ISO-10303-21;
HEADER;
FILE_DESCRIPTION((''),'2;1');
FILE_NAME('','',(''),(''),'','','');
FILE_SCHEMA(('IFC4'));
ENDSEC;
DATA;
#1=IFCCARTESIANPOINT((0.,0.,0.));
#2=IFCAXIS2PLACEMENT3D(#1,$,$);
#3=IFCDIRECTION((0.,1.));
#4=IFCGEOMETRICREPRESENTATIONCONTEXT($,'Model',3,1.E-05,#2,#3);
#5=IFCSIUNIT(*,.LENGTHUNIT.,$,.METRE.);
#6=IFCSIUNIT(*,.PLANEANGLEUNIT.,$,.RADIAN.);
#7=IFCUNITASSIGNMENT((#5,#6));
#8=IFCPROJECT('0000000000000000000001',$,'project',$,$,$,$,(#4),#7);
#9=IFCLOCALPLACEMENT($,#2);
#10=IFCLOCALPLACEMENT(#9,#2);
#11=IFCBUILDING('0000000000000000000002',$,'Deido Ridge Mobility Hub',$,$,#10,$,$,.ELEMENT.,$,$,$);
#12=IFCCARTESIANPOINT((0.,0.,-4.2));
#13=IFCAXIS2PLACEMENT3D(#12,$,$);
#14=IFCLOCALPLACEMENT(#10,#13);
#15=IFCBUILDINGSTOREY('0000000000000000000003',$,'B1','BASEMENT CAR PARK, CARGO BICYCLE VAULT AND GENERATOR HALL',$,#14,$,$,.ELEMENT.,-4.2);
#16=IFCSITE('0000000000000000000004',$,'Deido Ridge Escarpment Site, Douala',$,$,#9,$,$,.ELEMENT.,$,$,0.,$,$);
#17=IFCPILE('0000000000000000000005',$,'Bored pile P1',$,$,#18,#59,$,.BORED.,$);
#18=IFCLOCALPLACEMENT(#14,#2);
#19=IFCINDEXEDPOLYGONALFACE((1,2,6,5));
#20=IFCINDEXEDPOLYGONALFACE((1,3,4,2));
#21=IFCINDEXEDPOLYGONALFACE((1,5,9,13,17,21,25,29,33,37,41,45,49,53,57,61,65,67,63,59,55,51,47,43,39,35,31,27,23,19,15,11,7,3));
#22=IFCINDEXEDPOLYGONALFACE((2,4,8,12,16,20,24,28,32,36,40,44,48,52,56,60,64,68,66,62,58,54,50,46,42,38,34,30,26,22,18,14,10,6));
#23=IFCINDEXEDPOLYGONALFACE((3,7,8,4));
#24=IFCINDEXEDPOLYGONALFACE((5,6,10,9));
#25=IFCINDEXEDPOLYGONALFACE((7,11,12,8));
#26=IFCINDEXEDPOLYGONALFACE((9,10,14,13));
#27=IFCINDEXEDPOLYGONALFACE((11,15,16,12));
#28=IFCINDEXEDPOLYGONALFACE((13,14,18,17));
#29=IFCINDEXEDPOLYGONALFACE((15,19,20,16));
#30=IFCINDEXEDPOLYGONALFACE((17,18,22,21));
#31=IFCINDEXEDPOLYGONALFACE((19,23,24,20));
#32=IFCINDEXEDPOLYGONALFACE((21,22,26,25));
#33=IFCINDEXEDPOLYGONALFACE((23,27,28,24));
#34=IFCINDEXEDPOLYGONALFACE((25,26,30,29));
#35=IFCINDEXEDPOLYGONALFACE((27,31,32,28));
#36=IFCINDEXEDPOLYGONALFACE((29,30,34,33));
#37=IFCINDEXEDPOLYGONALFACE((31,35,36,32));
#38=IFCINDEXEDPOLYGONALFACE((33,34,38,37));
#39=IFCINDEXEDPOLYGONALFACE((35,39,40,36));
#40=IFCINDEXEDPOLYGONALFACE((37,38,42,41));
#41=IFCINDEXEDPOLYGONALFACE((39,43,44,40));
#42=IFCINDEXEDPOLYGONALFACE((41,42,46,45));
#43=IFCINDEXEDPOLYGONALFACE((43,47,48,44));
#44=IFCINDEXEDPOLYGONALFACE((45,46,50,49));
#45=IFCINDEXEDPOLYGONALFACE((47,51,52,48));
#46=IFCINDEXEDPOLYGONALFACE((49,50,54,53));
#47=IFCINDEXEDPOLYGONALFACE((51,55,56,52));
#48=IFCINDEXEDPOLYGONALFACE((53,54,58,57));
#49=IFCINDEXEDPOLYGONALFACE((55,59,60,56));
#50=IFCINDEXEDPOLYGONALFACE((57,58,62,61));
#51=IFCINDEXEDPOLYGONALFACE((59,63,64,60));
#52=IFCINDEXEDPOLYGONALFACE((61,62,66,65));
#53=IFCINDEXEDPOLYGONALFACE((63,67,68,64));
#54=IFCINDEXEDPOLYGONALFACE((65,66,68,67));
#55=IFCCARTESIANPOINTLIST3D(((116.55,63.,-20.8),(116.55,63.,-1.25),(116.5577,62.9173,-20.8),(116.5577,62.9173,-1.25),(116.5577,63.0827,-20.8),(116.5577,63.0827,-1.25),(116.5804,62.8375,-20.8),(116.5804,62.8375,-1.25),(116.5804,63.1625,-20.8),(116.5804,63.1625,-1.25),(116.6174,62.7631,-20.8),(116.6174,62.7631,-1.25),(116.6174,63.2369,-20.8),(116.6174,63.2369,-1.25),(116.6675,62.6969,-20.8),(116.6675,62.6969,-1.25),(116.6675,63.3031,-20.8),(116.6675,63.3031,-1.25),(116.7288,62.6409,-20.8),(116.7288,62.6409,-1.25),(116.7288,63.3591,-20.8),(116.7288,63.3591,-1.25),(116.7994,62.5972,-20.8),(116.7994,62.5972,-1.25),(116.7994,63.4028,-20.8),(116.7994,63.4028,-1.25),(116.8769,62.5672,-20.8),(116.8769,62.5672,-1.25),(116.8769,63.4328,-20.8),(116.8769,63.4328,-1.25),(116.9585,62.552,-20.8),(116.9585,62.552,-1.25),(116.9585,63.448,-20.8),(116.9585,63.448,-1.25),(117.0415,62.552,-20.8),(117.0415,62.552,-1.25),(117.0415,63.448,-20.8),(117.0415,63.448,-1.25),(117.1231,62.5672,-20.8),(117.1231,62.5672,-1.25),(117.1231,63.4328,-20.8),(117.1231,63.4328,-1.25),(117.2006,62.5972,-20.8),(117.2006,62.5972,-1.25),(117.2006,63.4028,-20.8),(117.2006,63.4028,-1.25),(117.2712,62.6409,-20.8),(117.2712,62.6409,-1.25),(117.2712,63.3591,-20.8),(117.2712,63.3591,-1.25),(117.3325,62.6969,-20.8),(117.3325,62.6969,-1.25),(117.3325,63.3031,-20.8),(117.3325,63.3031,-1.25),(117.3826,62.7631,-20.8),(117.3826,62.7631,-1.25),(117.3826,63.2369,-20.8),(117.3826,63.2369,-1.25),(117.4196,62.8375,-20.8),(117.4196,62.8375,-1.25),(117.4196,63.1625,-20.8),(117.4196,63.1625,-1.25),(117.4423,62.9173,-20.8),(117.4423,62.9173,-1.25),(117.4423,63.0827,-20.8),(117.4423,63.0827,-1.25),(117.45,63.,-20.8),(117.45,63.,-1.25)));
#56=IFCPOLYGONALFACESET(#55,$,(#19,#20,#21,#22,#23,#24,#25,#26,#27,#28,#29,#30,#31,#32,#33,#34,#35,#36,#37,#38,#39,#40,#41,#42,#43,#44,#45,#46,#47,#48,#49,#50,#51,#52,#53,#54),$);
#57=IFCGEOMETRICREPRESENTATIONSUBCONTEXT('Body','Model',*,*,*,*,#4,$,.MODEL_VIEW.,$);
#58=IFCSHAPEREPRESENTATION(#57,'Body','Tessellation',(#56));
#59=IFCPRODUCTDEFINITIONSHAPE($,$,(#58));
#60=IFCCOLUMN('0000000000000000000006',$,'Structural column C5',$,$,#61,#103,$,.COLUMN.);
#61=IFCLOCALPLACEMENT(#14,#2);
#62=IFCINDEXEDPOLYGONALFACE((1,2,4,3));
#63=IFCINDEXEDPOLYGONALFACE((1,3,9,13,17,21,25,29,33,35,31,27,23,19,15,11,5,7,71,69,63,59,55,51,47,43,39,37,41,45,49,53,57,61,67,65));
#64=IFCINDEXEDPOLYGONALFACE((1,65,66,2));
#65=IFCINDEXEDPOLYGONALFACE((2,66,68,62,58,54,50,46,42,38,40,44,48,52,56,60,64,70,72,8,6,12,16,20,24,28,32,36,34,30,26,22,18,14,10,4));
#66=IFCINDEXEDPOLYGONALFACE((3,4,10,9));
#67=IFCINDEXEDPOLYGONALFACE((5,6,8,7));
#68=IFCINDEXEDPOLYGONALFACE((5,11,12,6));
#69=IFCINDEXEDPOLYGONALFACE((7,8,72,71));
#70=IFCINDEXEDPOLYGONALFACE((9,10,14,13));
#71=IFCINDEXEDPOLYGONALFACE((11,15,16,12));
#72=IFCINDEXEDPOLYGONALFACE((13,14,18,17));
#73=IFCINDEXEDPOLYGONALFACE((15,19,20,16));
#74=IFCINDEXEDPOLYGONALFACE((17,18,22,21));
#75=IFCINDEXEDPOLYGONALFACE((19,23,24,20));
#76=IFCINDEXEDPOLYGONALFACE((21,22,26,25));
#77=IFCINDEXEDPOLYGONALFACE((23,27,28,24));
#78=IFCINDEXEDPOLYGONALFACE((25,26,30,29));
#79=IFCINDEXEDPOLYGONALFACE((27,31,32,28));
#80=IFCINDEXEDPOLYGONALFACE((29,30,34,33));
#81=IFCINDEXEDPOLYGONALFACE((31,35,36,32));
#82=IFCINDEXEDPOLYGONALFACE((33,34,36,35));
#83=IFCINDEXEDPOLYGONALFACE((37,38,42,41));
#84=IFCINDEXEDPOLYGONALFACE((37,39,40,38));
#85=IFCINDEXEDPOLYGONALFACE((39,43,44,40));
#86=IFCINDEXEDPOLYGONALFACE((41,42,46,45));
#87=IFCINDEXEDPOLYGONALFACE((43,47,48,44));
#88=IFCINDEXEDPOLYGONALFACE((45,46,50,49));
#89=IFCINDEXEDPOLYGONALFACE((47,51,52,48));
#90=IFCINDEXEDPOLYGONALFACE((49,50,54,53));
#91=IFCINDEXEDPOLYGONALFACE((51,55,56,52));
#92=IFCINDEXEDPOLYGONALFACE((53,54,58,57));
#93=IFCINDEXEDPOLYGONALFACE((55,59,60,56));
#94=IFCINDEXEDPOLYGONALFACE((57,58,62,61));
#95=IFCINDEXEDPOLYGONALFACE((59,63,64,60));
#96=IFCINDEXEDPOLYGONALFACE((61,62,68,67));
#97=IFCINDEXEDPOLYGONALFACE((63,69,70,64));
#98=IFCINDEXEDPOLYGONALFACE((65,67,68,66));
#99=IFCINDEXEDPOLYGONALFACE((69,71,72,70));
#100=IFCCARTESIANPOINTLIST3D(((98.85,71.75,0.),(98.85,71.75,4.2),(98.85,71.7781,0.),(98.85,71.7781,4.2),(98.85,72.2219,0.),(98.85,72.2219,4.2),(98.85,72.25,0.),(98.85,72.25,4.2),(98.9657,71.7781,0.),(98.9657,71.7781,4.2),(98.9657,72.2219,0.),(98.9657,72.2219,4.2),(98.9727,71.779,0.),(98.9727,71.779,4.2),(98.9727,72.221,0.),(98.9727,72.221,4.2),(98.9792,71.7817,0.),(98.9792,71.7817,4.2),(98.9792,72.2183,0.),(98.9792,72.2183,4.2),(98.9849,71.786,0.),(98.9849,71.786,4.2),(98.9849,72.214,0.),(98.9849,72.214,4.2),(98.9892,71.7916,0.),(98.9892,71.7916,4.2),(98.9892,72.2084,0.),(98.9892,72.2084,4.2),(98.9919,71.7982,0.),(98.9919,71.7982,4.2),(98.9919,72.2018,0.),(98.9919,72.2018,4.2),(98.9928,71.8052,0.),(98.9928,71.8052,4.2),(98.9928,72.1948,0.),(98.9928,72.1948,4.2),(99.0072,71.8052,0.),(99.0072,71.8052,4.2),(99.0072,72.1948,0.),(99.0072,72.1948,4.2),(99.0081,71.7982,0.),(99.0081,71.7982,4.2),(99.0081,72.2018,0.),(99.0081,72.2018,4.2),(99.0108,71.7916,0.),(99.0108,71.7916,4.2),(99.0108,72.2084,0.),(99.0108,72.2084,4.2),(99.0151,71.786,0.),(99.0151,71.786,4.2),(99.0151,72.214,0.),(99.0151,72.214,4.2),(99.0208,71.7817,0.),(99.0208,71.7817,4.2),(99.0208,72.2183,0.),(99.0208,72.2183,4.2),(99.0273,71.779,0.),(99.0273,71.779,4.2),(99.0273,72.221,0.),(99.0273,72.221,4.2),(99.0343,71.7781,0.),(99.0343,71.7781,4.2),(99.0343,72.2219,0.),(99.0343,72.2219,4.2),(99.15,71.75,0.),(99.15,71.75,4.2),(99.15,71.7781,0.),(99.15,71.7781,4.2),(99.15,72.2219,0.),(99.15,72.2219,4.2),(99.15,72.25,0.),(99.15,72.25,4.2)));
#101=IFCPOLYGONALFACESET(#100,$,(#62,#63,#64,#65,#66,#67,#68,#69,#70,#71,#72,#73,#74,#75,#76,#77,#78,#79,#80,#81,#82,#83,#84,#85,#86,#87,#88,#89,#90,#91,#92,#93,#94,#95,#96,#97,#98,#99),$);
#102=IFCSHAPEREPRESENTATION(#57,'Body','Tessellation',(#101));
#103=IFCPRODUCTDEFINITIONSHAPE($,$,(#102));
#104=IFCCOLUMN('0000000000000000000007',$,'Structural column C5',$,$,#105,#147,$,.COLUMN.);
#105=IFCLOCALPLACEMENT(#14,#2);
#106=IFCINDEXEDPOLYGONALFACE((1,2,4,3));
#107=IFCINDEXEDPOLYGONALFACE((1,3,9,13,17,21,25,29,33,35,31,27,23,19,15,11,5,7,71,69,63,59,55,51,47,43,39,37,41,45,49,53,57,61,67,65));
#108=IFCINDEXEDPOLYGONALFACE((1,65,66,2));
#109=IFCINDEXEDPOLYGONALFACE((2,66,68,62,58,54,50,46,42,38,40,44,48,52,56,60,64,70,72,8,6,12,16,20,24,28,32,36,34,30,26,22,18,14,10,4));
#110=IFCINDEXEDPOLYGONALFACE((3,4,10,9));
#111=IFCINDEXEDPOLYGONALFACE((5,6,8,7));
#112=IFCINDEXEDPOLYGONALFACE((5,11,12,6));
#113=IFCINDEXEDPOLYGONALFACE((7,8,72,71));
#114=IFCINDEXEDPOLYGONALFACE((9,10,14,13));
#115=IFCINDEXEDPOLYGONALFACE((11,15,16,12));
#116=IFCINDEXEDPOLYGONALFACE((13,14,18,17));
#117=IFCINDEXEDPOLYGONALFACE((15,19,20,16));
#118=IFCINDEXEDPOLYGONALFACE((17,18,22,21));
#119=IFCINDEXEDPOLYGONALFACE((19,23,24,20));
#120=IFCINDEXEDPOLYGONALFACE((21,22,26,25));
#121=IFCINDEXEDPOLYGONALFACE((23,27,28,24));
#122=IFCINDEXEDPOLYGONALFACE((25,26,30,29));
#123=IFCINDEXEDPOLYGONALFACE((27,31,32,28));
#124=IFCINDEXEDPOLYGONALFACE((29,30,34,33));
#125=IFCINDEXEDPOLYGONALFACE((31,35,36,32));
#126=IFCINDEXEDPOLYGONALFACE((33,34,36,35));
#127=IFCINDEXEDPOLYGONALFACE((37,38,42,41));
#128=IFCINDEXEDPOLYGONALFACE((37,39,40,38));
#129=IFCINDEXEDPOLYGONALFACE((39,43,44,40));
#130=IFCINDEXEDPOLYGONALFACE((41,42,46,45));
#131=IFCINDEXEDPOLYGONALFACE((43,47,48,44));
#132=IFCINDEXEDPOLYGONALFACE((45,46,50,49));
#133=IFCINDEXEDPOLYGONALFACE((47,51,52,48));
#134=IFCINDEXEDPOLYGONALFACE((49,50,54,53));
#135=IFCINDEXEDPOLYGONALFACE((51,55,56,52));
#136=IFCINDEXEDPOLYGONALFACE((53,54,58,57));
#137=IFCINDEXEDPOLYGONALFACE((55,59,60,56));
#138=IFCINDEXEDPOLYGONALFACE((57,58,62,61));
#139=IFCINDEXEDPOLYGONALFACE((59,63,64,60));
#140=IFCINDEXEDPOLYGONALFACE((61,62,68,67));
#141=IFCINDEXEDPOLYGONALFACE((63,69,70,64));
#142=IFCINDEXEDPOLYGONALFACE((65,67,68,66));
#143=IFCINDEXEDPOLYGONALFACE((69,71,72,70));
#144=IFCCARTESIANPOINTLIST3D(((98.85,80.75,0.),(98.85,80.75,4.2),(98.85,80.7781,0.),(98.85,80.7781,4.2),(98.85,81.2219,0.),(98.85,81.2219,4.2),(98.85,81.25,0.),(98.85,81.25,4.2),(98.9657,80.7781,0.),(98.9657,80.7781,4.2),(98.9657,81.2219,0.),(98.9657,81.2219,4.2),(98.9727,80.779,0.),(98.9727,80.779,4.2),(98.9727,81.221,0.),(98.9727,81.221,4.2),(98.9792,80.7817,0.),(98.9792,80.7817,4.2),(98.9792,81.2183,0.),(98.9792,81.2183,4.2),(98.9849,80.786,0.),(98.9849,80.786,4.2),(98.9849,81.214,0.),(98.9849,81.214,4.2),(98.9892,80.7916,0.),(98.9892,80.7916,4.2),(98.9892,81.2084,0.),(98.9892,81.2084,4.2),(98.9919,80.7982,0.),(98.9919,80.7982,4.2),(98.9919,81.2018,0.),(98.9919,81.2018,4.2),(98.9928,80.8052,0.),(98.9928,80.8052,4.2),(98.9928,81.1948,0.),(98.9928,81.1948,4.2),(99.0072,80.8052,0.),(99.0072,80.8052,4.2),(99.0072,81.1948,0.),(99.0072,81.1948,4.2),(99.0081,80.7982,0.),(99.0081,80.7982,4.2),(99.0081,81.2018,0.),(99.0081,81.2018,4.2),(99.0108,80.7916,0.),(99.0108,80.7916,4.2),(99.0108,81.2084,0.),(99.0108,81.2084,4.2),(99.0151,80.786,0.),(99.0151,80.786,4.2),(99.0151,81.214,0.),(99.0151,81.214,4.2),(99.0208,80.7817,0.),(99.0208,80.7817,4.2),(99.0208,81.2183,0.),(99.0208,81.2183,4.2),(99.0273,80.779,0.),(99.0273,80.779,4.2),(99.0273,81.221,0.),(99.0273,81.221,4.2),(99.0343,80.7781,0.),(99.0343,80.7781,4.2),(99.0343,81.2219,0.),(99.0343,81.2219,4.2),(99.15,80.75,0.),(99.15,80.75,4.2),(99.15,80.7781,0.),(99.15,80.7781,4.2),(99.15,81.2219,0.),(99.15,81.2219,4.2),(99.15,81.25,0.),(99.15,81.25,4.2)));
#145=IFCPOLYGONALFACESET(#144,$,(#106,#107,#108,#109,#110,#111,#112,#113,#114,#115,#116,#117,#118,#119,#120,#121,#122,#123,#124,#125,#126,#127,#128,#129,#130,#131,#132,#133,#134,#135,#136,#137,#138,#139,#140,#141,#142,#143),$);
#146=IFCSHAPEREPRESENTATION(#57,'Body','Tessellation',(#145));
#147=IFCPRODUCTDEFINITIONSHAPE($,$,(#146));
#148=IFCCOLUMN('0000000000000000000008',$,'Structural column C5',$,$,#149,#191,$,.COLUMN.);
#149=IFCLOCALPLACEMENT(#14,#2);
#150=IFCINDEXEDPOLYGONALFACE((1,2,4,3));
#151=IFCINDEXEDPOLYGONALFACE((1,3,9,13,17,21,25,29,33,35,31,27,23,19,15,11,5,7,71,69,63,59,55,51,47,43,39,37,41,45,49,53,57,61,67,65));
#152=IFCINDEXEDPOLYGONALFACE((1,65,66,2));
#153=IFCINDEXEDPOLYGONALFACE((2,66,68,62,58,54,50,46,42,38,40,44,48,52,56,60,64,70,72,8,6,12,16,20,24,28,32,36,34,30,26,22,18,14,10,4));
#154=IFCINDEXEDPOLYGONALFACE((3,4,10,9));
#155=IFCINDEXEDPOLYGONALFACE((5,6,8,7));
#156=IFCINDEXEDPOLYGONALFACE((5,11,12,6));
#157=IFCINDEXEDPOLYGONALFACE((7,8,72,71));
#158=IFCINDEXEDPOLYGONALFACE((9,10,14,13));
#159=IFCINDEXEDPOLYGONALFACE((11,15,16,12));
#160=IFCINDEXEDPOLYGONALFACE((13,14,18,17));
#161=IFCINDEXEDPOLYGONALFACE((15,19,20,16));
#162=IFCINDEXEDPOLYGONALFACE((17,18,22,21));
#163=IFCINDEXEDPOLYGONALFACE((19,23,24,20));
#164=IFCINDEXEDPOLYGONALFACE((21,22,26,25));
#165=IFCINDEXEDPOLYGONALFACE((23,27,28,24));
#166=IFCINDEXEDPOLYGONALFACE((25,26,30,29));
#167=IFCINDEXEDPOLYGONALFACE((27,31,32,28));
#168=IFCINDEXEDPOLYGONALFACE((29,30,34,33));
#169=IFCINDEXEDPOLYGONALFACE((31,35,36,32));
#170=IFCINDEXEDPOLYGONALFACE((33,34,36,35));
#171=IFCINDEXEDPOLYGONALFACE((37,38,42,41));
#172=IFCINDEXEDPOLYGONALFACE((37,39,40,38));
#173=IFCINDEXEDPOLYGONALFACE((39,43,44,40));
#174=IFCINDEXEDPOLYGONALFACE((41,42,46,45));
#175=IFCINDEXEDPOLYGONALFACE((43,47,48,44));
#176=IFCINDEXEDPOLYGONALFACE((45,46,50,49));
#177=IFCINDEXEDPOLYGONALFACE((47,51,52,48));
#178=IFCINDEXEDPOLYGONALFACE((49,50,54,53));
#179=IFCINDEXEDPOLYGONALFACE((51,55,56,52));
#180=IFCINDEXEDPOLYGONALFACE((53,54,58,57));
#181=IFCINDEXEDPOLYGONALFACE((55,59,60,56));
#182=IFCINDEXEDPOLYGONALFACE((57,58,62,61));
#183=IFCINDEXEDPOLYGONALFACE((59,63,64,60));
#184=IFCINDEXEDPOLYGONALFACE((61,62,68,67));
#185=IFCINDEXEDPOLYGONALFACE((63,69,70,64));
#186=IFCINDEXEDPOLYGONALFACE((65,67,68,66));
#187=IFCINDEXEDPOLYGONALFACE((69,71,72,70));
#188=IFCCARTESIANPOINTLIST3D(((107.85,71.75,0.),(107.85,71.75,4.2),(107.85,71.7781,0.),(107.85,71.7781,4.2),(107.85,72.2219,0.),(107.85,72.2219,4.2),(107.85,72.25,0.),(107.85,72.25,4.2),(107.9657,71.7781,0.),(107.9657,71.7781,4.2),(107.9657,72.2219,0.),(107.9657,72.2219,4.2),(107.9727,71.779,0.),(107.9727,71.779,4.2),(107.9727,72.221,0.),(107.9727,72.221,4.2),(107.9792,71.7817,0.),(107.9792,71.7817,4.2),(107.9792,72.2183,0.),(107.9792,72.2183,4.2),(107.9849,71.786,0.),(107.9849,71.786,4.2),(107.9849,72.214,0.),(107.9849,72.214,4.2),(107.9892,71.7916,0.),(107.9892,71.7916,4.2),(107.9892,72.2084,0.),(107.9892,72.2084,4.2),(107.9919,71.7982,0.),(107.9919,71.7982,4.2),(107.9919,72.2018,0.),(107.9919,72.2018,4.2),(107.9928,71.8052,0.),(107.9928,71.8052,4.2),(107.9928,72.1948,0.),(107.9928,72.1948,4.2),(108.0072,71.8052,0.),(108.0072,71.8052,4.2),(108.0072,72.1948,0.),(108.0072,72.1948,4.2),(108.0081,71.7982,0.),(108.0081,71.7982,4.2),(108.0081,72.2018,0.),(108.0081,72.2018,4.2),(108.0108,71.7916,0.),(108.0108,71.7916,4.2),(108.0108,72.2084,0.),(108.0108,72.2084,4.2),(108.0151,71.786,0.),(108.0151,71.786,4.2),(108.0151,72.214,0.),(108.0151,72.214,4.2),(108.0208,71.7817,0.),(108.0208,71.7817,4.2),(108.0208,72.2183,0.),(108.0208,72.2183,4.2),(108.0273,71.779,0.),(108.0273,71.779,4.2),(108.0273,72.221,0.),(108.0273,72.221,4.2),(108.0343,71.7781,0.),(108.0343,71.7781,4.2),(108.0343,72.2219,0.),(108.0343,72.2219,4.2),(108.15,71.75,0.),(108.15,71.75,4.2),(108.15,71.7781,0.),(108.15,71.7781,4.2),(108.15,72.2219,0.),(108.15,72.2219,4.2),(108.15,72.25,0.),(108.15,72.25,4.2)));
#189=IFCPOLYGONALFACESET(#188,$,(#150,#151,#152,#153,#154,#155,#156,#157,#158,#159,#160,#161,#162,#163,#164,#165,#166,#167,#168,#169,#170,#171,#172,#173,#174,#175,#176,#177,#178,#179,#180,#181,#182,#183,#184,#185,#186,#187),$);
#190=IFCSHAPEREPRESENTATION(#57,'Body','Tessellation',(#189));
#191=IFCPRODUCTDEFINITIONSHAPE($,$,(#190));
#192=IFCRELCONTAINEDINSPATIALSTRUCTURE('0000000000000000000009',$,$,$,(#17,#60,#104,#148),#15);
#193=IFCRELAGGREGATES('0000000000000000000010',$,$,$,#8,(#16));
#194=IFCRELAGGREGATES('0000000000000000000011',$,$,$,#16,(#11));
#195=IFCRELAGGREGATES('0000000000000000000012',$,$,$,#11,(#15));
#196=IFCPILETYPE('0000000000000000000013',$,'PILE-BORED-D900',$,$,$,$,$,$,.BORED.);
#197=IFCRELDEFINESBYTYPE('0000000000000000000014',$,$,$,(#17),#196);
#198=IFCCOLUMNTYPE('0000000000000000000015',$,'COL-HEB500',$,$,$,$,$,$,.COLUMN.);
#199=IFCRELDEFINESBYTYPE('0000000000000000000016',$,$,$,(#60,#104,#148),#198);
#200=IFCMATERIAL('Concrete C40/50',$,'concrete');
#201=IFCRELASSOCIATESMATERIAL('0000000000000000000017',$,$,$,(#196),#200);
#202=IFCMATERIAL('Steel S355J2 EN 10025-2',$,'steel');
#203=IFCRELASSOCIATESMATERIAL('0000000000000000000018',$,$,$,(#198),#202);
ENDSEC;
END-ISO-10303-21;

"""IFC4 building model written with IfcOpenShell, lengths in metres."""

from ifc_helpers import new_model, si_unit, direction, frame, origin, origin_2d, place, context, subcontext, project, spatial, circle, i_section, extrude, material, material_profile, profile_set, type_object, element, save


model = new_model("IFC4")

# Units and contexts
model_context = context("Model", 3, precision=1e-05, world=origin(), true_north=direction((0.0, 1.0)))
body_context = subcontext(model_context, "Body", "Model", "MODEL_VIEW")
ifc_project = project(units=[si_unit("LENGTHUNIT", "METRE"), si_unit("PLANEANGLEUNIT", "RADIAN")], contexts=[model_context])

# Site, building, storey
site_placement = place(None, origin())
site = spatial("IfcSite", under=ifc_project, at=site_placement, Name="Deido Ridge Escarpment Site, Douala", CompositionType="ELEMENT", RefElevation=0.0)
building_placement = place(site_placement, origin())
building = spatial("IfcBuilding", under=site, at=building_placement, Name="Deido Ridge Mobility Hub", CompositionType="ELEMENT")
storey_placement = place(building_placement, frame((0.0, 0.0, -4.2)))
storey = spatial("IfcBuildingStorey", under=building, at=storey_placement, Name="B1", Description="BASEMENT CAR PARK, CARGO BICYCLE VAULT AND GENERATOR HALL", CompositionType="ELEMENT", Elevation=-4.2)

# Shared definitions
ifc_material_1 = material(Name="Concrete C40/50", Category="concrete")

# Pile
ifc_material_profile_1 = material_profile(ifc_material_1, circle(Radius=0.45, at=origin_2d()), Name="BORED PILE D900")
ifc_profile_set_1 = profile_set([ifc_material_profile_1], Name="Concrete C40/50")
pile_type_1 = type_object("IfcPileType", Name="PILE-BORED-D900", PredefinedType="BORED", material=ifc_profile_set_1)
pile_1_placement = place(storey_placement, frame((117.0, 63.0, -1.25), z_axis=(0.0, 0.0, -1.0), x_axis=(1.0, 0.0, 0.0)))
element("IfcPile", 1, at=pile_1_placement, inside=storey, type_object=pile_type_1, Name="Bored pile P1", PredefinedType="BORED", context=body_context, shape_type="SweptSolid", body=[
    extrude(circle(Radius=0.45, at=origin_2d()), origin(), (0.0, 0.0, 1.0), 19.55),
])

# Columns
ifc_material_2 = material(Name="Steel S355J2 EN 10025-2", Category="steel")
ifc_material_profile_2 = material_profile(ifc_material_2, i_section(OverallWidth=0.3, OverallDepth=0.5, WebThickness=0.0144, FlangeThickness=0.0281, FilletRadius=0.0271, at=origin_2d()), Name="HEB 500")
ifc_profile_set_2 = profile_set([ifc_material_profile_2], Name="Steel S355J2 EN 10025-2")
column_type = type_object("IfcColumnType", Name="COL-HEB500", PredefinedType="COLUMN", material=ifc_profile_set_2)
for number, where, z_axis, x_axis, name in (
    (2, (99.0, 72.0, 0.0), (0.0, 0.0, 1.0), (1.0, 0.0, 0.0), "Structural column C5"),
    (3, (99.0, 81.0, 0.0), (0.0, 0.0, 1.0), (1.0, 0.0, 0.0), "Structural column C5"),
    (4, (108.0, 72.0, 0.0), (0.0, 0.0, 1.0), (1.0, 0.0, 0.0), "Structural column C5"),
):
    element("IfcColumn", number, at=place(storey_placement, frame(where, z_axis=z_axis, x_axis=x_axis)), inside=storey, type_object=column_type, Name=name, PredefinedType="COLUMN", context=body_context, shape_type="SweptSolid", body=[
        extrude(i_section(OverallWidth=0.3, OverallDepth=0.5, WebThickness=0.0144, FlangeThickness=0.0281, FilletRadius=0.0271, at=origin_2d()), origin(), (0.0, 0.0, 1.0), 4.2),
    ])

save(model, "model.ifc")
